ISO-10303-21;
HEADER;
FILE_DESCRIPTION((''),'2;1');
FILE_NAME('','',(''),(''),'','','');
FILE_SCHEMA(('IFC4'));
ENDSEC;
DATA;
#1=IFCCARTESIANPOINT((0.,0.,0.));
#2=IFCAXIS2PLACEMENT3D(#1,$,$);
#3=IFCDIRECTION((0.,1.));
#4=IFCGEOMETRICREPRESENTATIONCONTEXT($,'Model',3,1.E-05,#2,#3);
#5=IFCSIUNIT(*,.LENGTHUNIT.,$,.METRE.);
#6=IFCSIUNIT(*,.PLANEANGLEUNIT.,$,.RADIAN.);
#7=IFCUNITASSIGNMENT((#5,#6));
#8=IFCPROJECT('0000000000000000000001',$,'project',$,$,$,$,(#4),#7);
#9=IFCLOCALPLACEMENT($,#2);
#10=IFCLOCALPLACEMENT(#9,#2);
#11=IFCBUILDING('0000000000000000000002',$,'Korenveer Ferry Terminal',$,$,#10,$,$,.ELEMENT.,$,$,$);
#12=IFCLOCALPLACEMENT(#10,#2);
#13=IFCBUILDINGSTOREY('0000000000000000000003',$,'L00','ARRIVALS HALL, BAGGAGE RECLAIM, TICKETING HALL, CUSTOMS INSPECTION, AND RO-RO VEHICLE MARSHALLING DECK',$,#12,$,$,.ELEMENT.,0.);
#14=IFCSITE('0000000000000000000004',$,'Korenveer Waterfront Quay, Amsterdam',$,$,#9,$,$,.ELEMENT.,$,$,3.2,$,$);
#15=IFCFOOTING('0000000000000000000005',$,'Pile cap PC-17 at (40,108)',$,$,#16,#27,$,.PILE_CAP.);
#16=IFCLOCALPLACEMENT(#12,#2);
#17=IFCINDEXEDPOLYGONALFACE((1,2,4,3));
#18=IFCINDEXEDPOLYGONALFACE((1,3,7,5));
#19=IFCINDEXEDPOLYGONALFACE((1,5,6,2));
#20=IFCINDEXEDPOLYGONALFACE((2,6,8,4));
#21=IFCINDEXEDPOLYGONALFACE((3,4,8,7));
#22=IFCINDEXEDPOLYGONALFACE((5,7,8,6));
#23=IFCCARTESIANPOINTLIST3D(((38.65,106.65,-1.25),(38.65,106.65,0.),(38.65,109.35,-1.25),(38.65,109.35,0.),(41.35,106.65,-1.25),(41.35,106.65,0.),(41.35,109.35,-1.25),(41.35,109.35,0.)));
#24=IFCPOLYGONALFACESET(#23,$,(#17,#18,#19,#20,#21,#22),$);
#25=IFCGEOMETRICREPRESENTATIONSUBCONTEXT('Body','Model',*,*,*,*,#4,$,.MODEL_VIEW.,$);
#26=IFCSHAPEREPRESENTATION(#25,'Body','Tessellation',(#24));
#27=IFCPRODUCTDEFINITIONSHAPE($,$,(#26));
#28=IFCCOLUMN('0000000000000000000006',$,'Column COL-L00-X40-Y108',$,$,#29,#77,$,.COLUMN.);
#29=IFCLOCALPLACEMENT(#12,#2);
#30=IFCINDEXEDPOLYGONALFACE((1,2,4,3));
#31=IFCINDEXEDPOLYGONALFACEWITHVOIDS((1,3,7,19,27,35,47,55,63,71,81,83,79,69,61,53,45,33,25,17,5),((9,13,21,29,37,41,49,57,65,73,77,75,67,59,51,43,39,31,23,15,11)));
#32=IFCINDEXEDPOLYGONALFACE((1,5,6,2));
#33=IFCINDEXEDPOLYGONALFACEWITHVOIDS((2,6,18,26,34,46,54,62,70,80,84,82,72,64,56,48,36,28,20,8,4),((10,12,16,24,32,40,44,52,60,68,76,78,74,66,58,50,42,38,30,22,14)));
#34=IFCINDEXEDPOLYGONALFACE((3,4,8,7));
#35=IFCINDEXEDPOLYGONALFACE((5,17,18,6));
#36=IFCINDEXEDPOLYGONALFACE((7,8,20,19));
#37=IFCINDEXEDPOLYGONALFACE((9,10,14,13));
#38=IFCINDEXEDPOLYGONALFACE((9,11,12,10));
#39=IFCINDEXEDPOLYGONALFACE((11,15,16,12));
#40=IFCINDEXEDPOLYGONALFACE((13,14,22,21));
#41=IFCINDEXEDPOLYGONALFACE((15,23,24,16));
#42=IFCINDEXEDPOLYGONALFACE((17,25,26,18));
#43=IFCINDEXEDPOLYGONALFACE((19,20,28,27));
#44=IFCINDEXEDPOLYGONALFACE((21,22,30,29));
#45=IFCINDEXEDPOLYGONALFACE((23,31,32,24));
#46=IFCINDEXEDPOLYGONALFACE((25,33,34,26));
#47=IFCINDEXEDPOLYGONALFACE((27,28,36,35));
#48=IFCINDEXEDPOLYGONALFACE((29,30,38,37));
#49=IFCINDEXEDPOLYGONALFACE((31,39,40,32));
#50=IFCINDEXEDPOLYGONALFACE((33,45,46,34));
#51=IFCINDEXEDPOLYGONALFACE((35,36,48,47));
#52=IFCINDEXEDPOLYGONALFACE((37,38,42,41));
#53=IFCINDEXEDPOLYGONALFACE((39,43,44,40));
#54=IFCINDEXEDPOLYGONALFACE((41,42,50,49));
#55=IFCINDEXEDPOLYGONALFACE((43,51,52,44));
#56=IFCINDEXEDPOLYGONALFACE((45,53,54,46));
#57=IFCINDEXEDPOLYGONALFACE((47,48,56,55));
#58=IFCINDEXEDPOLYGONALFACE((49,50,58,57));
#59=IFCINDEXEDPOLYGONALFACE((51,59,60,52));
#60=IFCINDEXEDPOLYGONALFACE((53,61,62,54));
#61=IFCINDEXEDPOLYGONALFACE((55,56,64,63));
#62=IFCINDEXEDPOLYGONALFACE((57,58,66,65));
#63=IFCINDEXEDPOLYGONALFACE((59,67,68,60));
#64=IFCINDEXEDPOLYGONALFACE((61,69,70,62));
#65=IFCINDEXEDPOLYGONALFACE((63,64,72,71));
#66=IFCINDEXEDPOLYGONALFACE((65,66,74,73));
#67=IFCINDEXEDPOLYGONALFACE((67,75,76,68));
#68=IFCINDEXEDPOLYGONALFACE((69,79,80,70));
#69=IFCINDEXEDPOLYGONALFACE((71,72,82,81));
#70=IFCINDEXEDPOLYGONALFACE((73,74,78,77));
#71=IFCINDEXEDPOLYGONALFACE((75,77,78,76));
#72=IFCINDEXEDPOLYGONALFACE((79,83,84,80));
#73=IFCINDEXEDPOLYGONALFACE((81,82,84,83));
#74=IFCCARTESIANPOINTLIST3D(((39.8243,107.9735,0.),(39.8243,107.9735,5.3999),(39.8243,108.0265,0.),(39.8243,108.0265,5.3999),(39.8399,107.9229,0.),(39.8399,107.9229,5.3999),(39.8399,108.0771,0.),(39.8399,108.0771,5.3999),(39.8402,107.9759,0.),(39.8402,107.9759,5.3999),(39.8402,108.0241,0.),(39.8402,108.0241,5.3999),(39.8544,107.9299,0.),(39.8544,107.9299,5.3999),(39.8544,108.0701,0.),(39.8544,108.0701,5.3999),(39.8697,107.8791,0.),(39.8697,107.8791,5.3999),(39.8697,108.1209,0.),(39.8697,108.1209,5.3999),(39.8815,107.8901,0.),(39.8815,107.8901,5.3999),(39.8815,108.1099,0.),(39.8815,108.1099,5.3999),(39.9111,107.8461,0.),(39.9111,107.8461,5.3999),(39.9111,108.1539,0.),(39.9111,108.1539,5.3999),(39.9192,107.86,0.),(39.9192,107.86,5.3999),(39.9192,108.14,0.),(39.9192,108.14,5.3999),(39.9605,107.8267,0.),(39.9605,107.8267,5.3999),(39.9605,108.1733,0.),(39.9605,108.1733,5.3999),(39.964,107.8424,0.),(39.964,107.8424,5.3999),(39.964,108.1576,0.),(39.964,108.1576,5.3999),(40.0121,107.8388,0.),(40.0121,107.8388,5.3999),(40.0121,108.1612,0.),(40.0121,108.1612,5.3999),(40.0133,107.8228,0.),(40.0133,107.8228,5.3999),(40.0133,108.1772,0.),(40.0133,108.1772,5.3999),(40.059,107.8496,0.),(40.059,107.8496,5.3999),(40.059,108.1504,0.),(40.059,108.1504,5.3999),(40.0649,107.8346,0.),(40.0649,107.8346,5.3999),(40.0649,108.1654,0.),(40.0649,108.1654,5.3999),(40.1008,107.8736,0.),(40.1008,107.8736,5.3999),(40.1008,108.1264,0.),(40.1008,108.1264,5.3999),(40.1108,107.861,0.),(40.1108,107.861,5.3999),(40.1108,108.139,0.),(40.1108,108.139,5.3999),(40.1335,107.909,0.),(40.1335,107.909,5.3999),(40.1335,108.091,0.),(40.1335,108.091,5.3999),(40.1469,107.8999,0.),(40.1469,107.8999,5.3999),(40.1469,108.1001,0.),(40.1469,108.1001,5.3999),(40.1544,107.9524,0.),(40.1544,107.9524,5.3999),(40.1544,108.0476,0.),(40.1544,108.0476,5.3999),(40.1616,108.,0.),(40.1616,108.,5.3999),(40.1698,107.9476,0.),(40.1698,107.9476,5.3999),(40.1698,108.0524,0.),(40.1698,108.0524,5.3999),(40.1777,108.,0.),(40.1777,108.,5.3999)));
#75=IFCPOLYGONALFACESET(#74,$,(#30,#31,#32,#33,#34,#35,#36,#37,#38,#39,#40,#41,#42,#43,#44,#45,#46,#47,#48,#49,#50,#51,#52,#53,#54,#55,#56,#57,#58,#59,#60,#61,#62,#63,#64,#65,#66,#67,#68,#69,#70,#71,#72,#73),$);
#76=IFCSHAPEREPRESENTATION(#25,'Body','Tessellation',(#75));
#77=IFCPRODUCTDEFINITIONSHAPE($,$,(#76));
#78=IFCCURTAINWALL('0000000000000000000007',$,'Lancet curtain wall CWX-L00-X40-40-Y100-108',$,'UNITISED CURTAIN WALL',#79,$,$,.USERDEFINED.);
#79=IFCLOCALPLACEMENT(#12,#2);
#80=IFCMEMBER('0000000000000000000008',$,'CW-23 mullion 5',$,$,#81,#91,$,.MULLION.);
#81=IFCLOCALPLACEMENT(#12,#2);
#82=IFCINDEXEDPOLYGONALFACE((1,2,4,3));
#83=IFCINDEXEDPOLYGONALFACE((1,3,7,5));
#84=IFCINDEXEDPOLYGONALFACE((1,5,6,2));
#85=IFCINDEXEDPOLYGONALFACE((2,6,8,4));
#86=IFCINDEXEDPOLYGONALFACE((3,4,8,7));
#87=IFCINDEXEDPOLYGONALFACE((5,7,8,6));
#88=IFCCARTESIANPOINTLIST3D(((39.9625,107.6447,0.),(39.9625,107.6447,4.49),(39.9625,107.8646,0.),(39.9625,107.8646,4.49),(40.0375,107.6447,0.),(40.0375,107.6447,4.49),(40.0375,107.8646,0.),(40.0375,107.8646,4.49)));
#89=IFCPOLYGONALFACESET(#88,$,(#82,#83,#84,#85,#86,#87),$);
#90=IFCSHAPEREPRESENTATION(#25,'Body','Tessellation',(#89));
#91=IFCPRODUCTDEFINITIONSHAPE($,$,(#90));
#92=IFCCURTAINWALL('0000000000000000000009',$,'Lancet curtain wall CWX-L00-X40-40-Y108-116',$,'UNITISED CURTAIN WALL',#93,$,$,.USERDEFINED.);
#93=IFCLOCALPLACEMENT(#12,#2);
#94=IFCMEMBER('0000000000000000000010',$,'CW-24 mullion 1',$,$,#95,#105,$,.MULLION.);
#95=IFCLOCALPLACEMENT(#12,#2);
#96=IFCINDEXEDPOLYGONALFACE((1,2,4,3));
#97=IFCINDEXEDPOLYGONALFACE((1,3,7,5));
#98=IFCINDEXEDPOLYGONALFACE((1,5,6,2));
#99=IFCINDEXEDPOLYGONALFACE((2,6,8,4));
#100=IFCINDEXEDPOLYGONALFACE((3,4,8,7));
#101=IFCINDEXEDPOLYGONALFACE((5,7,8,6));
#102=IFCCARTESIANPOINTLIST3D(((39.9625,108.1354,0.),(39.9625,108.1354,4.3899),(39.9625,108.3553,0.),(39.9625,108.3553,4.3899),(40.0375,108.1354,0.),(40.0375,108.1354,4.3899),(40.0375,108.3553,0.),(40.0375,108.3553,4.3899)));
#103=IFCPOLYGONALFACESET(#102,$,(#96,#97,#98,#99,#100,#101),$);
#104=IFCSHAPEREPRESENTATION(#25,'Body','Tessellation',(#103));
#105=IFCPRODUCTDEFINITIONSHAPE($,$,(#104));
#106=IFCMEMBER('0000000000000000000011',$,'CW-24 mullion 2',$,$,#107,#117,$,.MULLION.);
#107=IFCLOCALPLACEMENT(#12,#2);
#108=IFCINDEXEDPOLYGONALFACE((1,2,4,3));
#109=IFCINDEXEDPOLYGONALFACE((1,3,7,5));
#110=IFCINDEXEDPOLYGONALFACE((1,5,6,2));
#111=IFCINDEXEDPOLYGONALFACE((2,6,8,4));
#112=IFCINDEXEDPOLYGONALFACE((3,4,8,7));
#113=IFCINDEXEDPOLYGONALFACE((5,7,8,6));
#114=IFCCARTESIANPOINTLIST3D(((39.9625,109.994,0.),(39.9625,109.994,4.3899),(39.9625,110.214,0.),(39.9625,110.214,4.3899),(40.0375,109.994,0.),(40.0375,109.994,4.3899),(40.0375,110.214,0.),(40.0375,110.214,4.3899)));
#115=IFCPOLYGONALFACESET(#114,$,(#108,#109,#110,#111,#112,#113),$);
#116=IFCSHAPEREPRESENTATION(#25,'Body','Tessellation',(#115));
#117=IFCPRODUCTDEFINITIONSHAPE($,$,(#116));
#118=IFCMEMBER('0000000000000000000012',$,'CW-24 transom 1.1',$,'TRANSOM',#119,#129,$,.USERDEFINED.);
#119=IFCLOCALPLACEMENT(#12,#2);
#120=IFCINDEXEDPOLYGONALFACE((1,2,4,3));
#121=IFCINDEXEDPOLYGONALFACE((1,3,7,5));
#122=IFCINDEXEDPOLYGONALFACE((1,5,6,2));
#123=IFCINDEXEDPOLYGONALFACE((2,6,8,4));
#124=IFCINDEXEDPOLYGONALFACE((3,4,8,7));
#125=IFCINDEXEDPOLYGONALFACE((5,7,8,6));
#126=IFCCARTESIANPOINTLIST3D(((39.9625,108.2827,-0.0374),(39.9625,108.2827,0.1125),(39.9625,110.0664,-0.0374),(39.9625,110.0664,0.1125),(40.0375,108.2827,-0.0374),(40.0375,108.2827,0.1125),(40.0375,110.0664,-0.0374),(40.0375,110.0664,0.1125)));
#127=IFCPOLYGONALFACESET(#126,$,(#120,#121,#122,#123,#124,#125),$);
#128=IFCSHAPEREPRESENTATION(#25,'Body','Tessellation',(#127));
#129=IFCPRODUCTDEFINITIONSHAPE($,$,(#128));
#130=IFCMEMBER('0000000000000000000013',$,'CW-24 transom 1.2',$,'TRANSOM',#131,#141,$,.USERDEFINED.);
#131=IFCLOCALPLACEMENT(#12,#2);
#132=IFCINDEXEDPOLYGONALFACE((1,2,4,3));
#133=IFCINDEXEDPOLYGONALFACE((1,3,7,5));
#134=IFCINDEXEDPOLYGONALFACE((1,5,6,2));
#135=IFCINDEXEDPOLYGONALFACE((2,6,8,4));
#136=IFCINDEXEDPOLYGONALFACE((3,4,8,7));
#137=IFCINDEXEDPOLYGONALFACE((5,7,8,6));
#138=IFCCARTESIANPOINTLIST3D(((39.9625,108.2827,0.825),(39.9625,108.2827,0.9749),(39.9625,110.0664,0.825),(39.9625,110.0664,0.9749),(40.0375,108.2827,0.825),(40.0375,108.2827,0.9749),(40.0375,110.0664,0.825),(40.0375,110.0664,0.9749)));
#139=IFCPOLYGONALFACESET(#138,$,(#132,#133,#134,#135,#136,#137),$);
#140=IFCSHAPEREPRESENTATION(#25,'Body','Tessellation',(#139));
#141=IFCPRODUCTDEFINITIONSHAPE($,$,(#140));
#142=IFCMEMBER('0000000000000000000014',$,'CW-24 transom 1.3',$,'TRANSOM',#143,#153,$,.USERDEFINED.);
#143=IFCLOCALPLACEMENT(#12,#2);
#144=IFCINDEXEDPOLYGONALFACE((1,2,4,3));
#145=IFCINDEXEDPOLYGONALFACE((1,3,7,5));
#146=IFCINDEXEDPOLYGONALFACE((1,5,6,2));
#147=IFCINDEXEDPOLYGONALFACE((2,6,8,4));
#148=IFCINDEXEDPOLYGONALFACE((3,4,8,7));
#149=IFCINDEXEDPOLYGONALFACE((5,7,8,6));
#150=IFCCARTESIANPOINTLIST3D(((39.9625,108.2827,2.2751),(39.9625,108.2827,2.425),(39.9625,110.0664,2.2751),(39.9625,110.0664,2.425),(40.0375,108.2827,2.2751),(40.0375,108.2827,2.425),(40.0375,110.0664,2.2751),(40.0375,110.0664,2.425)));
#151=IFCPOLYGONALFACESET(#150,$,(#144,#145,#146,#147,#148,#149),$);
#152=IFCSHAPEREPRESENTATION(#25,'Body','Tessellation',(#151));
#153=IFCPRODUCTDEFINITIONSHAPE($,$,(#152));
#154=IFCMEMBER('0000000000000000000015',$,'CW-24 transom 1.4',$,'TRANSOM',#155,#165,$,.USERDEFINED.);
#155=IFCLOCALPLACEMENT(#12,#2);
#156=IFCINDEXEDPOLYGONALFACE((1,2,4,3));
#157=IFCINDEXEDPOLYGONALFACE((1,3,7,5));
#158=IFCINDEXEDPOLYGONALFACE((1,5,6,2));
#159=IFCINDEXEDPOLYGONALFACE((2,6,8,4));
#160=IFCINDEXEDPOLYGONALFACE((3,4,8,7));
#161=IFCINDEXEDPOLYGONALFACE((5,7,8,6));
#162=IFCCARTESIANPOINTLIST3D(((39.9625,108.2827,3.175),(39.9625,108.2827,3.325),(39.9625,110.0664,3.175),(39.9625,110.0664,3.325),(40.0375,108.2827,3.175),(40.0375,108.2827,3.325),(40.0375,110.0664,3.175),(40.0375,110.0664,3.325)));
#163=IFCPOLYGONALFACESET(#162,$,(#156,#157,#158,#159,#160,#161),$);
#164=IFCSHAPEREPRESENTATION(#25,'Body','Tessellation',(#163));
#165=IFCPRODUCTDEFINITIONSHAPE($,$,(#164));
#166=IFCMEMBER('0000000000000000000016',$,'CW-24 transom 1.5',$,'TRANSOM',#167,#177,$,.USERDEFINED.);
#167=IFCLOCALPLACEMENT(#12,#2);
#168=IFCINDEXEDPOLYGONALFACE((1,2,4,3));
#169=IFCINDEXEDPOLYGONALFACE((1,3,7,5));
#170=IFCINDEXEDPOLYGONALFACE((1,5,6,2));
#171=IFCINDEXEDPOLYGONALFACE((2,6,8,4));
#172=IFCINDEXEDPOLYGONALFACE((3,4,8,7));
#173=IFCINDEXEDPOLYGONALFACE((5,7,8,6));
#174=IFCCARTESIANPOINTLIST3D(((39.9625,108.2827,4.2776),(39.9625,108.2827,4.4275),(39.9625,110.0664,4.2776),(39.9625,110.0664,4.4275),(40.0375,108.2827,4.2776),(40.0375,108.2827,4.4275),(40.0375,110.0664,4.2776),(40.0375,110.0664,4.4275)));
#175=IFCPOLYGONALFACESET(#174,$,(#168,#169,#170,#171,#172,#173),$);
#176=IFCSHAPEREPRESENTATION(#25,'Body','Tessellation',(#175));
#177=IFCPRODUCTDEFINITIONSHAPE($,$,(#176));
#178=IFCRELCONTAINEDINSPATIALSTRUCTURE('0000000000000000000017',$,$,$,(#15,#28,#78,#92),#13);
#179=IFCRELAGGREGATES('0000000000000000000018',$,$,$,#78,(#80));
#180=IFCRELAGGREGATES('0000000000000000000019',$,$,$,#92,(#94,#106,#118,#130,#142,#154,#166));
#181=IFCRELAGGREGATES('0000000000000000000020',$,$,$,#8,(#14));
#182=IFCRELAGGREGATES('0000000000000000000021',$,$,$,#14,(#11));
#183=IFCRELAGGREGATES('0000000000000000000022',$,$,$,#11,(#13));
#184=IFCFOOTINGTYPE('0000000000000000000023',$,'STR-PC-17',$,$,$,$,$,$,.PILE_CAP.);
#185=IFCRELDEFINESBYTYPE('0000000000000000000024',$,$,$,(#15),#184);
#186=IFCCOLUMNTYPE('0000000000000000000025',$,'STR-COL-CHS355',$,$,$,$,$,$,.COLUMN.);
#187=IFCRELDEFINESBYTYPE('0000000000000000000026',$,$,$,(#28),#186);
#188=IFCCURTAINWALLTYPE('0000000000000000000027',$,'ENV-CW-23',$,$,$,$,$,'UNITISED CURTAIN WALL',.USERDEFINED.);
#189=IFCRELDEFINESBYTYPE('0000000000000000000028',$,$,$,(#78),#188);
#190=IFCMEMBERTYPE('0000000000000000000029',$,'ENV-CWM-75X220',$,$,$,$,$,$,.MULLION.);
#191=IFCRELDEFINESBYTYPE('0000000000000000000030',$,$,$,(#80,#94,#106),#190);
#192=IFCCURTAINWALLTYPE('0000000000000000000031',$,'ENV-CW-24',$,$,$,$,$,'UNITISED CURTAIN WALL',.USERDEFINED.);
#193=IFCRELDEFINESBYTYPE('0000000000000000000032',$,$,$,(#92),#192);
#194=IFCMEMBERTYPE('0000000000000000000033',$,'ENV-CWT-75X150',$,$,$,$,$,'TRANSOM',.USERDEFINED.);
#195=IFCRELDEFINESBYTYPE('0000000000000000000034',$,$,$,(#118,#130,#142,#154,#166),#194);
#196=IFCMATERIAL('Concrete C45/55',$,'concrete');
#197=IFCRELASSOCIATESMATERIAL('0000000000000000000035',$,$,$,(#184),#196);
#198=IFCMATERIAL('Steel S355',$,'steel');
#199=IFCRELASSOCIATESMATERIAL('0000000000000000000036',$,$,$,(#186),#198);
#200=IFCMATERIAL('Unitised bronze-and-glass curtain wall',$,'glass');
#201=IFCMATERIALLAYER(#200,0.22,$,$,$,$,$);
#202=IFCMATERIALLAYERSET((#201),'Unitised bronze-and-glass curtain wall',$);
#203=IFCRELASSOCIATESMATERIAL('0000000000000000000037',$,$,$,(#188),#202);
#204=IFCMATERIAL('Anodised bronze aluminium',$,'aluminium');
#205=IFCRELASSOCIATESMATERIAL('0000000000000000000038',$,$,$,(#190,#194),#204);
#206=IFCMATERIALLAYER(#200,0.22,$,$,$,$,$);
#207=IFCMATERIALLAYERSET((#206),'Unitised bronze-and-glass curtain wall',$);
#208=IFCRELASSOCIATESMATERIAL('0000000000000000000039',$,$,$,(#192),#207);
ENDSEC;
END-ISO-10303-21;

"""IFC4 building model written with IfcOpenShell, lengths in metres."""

from ifc_helpers import new_model, si_unit, direction, frame, origin, origin_2d, place, context, subcontext, project, spatial, rectangle, hollow_circle, extrude, material, layer, layer_set, material_profile, profile_set, type_object, element, aggregate, save


model = new_model("IFC4")

# Units and contexts
model_context = context("Model", 3, precision=1e-05, world=origin(), true_north=direction((0.0, 1.0)))
body_context = subcontext(model_context, "Body", "Model", "MODEL_VIEW")
ifc_project = project(units=[si_unit("LENGTHUNIT", "METRE"), si_unit("PLANEANGLEUNIT", "RADIAN")], contexts=[model_context])

# Site, building, storey
site_placement = place(None, origin())
site = spatial("IfcSite", under=ifc_project, at=site_placement, Name="Korenveer Waterfront Quay, Amsterdam", CompositionType="ELEMENT", RefElevation=3.2)
building_placement = place(site_placement, origin())
building = spatial("IfcBuilding", under=site, at=building_placement, Name="Korenveer Ferry Terminal", CompositionType="ELEMENT")
storey_placement = place(building_placement, origin())
storey = spatial("IfcBuildingStorey", under=building, at=storey_placement, Name="L00", Description="ARRIVALS HALL, BAGGAGE RECLAIM, TICKETING HALL, CUSTOMS INSPECTION, AND RO-RO VEHICLE MARSHALLING DECK", CompositionType="ELEMENT", Elevation=0.0)

# Footing
ifc_material_1 = material(Name="Concrete C45/55", Category="concrete")
footing_type = type_object("IfcFootingType", Name="STR-PC-17", PredefinedType="PILE_CAP", material=ifc_material_1)
footing_placement = place(storey_placement, frame((40.0, 108.0, -1.25), z_axis=(0.0, 0.0, 1.0), x_axis=(1.0, 0.0, 0.0)))
element("IfcFooting", 1, at=footing_placement, inside=storey, type_object=footing_type, Name="Pile cap PC-17 at (40,108)", PredefinedType="PILE_CAP", context=body_context, shape_type="SweptSolid", body=[
    extrude(rectangle(XDim=2.7, YDim=2.7, at=origin_2d()), origin(), (0.0, 0.0, 1.0), 1.25),
])

# Column
ifc_material_2 = material(Name="Steel S355", Category="steel")
ifc_material_profile_1 = material_profile(ifc_material_2, hollow_circle(Radius=0.1777, WallThickness=0.0161, at=origin_2d()), Name="CHS 355.6x16")
ifc_profile_set_1 = profile_set([ifc_material_profile_1], Name="Steel S355")
column_type = type_object("IfcColumnType", Name="STR-COL-CHS355", PredefinedType="COLUMN", material=ifc_profile_set_1)
column_placement = place(storey_placement, frame((40.0, 108.0, 0.0), z_axis=(0.0, 0.0, 1.0), x_axis=(1.0, 0.0, 0.0)))
element("IfcColumn", 2, at=column_placement, inside=storey, type_object=column_type, Name="Column COL-L00-X40-Y108", PredefinedType="COLUMN", context=body_context, shape_type="SweptSolid", body=[
    extrude(hollow_circle(Radius=0.1777, WallThickness=0.0161, at=origin_2d()), origin(), (0.0, 0.0, 1.0), 5.3999),
])

# Curtain wall, member
ifc_material_3 = material(Name="Unitised bronze-and-glass curtain wall", Category="glass")
ifc_layer_1 = layer(ifc_material_3, 0.22)
ifc_layer_set_1 = layer_set([ifc_layer_1], Name="Unitised bronze-and-glass curtain wall")
curtain_wall_type_1 = type_object("IfcCurtainWallType", Name="ENV-CW-23", ElementType="UNITISED CURTAIN WALL", PredefinedType="USERDEFINED", material=ifc_layer_set_1)
curtain_wall_1_placement = place(storey_placement, frame((40.0, 100.2078, 0.0)))
curtain_wall_1 = element("IfcCurtainWall", 3, at=curtain_wall_1_placement, inside=storey, type_object=curtain_wall_type_1, Name="Lancet curtain wall CWX-L00-X40-40-Y100-108", ObjectType="UNITISED CURTAIN WALL", PredefinedType="USERDEFINED")
ifc_material_4 = material(Name="Anodised bronze aluminium", Category="aluminium")
ifc_material_profile_2 = material_profile(ifc_material_4, rectangle(XDim=0.075, YDim=0.22, at=origin_2d()), Name="ALU 75x220")
ifc_profile_set_2 = profile_set([ifc_material_profile_2], Name="Anodised bronze aluminium")
member_type_1 = type_object("IfcMemberType", Name="ENV-CWM-75X220", PredefinedType="MULLION", material=ifc_profile_set_2)
member_1_placement = place(storey_placement, frame((40.0, 107.7546, 0.0), z_axis=(0.0, 0.0, 1.0), x_axis=(-1.0, 0.0, 0.0)))
member_1 = element("IfcMember", 4, at=member_1_placement, type_object=member_type_1, Name="CW-23 mullion 5", PredefinedType="MULLION", context=body_context, shape_type="SweptSolid", body=[
    extrude(rectangle(XDim=0.075, YDim=0.22, at=origin_2d()), origin(), (0.0, 0.0, 1.0), 4.49),
])

# Curtain wall, members
ifc_layer_2 = layer(ifc_material_3, 0.22)
ifc_layer_set_2 = layer_set([ifc_layer_2], Name="Unitised bronze-and-glass curtain wall")
curtain_wall_type_2 = type_object("IfcCurtainWallType", Name="ENV-CW-24", ElementType="UNITISED CURTAIN WALL", PredefinedType="USERDEFINED", material=ifc_layer_set_2)
curtain_wall_2_placement = place(storey_placement, frame((40.0, 108.2078, 0.0)))
curtain_wall_2 = element("IfcCurtainWall", 5, at=curtain_wall_2_placement, inside=storey, type_object=curtain_wall_type_2, Name="Lancet curtain wall CWX-L00-X40-40-Y108-116", ObjectType="UNITISED CURTAIN WALL", PredefinedType="USERDEFINED")
member_2_placement = place(storey_placement, frame((40.0, 108.2454, 0.0), z_axis=(0.0, 0.0, 1.0), x_axis=(-1.0, 0.0, 0.0)))
member_2 = element("IfcMember", 6, at=member_2_placement, type_object=member_type_1, Name="CW-24 mullion 1", PredefinedType="MULLION", context=body_context, shape_type="SweptSolid", body=[
    extrude(rectangle(XDim=0.075, YDim=0.22, at=origin_2d()), origin(), (0.0, 0.0, 1.0), 4.3899),
])
member_3_placement = place(storey_placement, frame((40.0, 110.104, 0.0), z_axis=(0.0, 0.0, 1.0), x_axis=(-1.0, 0.0, 0.0)))
member_3 = element("IfcMember", 7, at=member_3_placement, type_object=member_type_1, Name="CW-24 mullion 2", PredefinedType="MULLION", context=body_context, shape_type="SweptSolid", body=[
    extrude(rectangle(XDim=0.075, YDim=0.22, at=origin_2d()), origin(), (0.0, 0.0, 1.0), 4.3899),
])
ifc_material_profile_3 = material_profile(ifc_material_4, rectangle(XDim=0.075, YDim=0.1499, at=origin_2d()), Name="ALU 75x150")
ifc_profile_set_3 = profile_set([ifc_material_profile_3], Name="Anodised bronze aluminium")
member_type_2 = type_object("IfcMemberType", Name="ENV-CWT-75X150", ElementType="TRANSOM", PredefinedType="USERDEFINED", material=ifc_profile_set_3)
member_4_placement = place(storey_placement, frame((40.0, 108.2827, 0.0376), z_axis=(0.0, 1.0, 0.0), x_axis=(-1.0, 0.0, 0.0)))
member_4 = element("IfcMember", 8, at=member_4_placement, type_object=member_type_2, Name="CW-24 transom 1.1", ObjectType="TRANSOM", PredefinedType="USERDEFINED", context=body_context, shape_type="SweptSolid", body=[
    extrude(rectangle(XDim=0.075, YDim=0.1499, at=origin_2d()), origin(), (0.0, 0.0, 1.0), 1.7837),
])
member_5_placement = place(storey_placement, frame((40.0, 108.2827, 0.8999), z_axis=(0.0, 1.0, 0.0), x_axis=(-1.0, 0.0, 0.0)))
member_5 = element("IfcMember", 9, at=member_5_placement, type_object=member_type_2, Name="CW-24 transom 1.2", ObjectType="TRANSOM", PredefinedType="USERDEFINED", context=body_context, shape_type="SweptSolid", body=[
    extrude(rectangle(XDim=0.075, YDim=0.1499, at=origin_2d()), origin(), (0.0, 0.0, 1.0), 1.7837),
])
member_6_placement = place(storey_placement, frame((40.0, 108.2827, 2.3501), z_axis=(0.0, 1.0, 0.0), x_axis=(-1.0, 0.0, 0.0)))
member_6 = element("IfcMember", 10, at=member_6_placement, type_object=member_type_2, Name="CW-24 transom 1.3", ObjectType="TRANSOM", PredefinedType="USERDEFINED", context=body_context, shape_type="SweptSolid", body=[
    extrude(rectangle(XDim=0.075, YDim=0.1499, at=origin_2d()), origin(), (0.0, 0.0, 1.0), 1.7837),
])
member_7_placement = place(storey_placement, frame((40.0, 108.2827, 3.25), z_axis=(0.0, 1.0, 0.0), x_axis=(-1.0, 0.0, 0.0)))
member_7 = element("IfcMember", 11, at=member_7_placement, type_object=member_type_2, Name="CW-24 transom 1.4", ObjectType="TRANSOM", PredefinedType="USERDEFINED", context=body_context, shape_type="SweptSolid", body=[
    extrude(rectangle(XDim=0.075, YDim=0.1499, at=origin_2d()), origin(), (0.0, 0.0, 1.0), 1.7837),
])
member_8_placement = place(storey_placement, frame((40.0, 108.2827, 4.3525), z_axis=(0.0, 1.0, 0.0), x_axis=(-1.0, 0.0, 0.0)))
member_8 = element("IfcMember", 12, at=member_8_placement, type_object=member_type_2, Name="CW-24 transom 1.5", ObjectType="TRANSOM", PredefinedType="USERDEFINED", context=body_context, shape_type="SweptSolid", body=[
    extrude(rectangle(XDim=0.075, YDim=0.1499, at=origin_2d()), origin(), (0.0, 0.0, 1.0), 1.7837),
])

aggregate(curtain_wall_1, [member_1])
aggregate(curtain_wall_2, [member_2, member_3, member_4, member_5, member_6, member_7, member_8])

save(model, "model.ifc")
